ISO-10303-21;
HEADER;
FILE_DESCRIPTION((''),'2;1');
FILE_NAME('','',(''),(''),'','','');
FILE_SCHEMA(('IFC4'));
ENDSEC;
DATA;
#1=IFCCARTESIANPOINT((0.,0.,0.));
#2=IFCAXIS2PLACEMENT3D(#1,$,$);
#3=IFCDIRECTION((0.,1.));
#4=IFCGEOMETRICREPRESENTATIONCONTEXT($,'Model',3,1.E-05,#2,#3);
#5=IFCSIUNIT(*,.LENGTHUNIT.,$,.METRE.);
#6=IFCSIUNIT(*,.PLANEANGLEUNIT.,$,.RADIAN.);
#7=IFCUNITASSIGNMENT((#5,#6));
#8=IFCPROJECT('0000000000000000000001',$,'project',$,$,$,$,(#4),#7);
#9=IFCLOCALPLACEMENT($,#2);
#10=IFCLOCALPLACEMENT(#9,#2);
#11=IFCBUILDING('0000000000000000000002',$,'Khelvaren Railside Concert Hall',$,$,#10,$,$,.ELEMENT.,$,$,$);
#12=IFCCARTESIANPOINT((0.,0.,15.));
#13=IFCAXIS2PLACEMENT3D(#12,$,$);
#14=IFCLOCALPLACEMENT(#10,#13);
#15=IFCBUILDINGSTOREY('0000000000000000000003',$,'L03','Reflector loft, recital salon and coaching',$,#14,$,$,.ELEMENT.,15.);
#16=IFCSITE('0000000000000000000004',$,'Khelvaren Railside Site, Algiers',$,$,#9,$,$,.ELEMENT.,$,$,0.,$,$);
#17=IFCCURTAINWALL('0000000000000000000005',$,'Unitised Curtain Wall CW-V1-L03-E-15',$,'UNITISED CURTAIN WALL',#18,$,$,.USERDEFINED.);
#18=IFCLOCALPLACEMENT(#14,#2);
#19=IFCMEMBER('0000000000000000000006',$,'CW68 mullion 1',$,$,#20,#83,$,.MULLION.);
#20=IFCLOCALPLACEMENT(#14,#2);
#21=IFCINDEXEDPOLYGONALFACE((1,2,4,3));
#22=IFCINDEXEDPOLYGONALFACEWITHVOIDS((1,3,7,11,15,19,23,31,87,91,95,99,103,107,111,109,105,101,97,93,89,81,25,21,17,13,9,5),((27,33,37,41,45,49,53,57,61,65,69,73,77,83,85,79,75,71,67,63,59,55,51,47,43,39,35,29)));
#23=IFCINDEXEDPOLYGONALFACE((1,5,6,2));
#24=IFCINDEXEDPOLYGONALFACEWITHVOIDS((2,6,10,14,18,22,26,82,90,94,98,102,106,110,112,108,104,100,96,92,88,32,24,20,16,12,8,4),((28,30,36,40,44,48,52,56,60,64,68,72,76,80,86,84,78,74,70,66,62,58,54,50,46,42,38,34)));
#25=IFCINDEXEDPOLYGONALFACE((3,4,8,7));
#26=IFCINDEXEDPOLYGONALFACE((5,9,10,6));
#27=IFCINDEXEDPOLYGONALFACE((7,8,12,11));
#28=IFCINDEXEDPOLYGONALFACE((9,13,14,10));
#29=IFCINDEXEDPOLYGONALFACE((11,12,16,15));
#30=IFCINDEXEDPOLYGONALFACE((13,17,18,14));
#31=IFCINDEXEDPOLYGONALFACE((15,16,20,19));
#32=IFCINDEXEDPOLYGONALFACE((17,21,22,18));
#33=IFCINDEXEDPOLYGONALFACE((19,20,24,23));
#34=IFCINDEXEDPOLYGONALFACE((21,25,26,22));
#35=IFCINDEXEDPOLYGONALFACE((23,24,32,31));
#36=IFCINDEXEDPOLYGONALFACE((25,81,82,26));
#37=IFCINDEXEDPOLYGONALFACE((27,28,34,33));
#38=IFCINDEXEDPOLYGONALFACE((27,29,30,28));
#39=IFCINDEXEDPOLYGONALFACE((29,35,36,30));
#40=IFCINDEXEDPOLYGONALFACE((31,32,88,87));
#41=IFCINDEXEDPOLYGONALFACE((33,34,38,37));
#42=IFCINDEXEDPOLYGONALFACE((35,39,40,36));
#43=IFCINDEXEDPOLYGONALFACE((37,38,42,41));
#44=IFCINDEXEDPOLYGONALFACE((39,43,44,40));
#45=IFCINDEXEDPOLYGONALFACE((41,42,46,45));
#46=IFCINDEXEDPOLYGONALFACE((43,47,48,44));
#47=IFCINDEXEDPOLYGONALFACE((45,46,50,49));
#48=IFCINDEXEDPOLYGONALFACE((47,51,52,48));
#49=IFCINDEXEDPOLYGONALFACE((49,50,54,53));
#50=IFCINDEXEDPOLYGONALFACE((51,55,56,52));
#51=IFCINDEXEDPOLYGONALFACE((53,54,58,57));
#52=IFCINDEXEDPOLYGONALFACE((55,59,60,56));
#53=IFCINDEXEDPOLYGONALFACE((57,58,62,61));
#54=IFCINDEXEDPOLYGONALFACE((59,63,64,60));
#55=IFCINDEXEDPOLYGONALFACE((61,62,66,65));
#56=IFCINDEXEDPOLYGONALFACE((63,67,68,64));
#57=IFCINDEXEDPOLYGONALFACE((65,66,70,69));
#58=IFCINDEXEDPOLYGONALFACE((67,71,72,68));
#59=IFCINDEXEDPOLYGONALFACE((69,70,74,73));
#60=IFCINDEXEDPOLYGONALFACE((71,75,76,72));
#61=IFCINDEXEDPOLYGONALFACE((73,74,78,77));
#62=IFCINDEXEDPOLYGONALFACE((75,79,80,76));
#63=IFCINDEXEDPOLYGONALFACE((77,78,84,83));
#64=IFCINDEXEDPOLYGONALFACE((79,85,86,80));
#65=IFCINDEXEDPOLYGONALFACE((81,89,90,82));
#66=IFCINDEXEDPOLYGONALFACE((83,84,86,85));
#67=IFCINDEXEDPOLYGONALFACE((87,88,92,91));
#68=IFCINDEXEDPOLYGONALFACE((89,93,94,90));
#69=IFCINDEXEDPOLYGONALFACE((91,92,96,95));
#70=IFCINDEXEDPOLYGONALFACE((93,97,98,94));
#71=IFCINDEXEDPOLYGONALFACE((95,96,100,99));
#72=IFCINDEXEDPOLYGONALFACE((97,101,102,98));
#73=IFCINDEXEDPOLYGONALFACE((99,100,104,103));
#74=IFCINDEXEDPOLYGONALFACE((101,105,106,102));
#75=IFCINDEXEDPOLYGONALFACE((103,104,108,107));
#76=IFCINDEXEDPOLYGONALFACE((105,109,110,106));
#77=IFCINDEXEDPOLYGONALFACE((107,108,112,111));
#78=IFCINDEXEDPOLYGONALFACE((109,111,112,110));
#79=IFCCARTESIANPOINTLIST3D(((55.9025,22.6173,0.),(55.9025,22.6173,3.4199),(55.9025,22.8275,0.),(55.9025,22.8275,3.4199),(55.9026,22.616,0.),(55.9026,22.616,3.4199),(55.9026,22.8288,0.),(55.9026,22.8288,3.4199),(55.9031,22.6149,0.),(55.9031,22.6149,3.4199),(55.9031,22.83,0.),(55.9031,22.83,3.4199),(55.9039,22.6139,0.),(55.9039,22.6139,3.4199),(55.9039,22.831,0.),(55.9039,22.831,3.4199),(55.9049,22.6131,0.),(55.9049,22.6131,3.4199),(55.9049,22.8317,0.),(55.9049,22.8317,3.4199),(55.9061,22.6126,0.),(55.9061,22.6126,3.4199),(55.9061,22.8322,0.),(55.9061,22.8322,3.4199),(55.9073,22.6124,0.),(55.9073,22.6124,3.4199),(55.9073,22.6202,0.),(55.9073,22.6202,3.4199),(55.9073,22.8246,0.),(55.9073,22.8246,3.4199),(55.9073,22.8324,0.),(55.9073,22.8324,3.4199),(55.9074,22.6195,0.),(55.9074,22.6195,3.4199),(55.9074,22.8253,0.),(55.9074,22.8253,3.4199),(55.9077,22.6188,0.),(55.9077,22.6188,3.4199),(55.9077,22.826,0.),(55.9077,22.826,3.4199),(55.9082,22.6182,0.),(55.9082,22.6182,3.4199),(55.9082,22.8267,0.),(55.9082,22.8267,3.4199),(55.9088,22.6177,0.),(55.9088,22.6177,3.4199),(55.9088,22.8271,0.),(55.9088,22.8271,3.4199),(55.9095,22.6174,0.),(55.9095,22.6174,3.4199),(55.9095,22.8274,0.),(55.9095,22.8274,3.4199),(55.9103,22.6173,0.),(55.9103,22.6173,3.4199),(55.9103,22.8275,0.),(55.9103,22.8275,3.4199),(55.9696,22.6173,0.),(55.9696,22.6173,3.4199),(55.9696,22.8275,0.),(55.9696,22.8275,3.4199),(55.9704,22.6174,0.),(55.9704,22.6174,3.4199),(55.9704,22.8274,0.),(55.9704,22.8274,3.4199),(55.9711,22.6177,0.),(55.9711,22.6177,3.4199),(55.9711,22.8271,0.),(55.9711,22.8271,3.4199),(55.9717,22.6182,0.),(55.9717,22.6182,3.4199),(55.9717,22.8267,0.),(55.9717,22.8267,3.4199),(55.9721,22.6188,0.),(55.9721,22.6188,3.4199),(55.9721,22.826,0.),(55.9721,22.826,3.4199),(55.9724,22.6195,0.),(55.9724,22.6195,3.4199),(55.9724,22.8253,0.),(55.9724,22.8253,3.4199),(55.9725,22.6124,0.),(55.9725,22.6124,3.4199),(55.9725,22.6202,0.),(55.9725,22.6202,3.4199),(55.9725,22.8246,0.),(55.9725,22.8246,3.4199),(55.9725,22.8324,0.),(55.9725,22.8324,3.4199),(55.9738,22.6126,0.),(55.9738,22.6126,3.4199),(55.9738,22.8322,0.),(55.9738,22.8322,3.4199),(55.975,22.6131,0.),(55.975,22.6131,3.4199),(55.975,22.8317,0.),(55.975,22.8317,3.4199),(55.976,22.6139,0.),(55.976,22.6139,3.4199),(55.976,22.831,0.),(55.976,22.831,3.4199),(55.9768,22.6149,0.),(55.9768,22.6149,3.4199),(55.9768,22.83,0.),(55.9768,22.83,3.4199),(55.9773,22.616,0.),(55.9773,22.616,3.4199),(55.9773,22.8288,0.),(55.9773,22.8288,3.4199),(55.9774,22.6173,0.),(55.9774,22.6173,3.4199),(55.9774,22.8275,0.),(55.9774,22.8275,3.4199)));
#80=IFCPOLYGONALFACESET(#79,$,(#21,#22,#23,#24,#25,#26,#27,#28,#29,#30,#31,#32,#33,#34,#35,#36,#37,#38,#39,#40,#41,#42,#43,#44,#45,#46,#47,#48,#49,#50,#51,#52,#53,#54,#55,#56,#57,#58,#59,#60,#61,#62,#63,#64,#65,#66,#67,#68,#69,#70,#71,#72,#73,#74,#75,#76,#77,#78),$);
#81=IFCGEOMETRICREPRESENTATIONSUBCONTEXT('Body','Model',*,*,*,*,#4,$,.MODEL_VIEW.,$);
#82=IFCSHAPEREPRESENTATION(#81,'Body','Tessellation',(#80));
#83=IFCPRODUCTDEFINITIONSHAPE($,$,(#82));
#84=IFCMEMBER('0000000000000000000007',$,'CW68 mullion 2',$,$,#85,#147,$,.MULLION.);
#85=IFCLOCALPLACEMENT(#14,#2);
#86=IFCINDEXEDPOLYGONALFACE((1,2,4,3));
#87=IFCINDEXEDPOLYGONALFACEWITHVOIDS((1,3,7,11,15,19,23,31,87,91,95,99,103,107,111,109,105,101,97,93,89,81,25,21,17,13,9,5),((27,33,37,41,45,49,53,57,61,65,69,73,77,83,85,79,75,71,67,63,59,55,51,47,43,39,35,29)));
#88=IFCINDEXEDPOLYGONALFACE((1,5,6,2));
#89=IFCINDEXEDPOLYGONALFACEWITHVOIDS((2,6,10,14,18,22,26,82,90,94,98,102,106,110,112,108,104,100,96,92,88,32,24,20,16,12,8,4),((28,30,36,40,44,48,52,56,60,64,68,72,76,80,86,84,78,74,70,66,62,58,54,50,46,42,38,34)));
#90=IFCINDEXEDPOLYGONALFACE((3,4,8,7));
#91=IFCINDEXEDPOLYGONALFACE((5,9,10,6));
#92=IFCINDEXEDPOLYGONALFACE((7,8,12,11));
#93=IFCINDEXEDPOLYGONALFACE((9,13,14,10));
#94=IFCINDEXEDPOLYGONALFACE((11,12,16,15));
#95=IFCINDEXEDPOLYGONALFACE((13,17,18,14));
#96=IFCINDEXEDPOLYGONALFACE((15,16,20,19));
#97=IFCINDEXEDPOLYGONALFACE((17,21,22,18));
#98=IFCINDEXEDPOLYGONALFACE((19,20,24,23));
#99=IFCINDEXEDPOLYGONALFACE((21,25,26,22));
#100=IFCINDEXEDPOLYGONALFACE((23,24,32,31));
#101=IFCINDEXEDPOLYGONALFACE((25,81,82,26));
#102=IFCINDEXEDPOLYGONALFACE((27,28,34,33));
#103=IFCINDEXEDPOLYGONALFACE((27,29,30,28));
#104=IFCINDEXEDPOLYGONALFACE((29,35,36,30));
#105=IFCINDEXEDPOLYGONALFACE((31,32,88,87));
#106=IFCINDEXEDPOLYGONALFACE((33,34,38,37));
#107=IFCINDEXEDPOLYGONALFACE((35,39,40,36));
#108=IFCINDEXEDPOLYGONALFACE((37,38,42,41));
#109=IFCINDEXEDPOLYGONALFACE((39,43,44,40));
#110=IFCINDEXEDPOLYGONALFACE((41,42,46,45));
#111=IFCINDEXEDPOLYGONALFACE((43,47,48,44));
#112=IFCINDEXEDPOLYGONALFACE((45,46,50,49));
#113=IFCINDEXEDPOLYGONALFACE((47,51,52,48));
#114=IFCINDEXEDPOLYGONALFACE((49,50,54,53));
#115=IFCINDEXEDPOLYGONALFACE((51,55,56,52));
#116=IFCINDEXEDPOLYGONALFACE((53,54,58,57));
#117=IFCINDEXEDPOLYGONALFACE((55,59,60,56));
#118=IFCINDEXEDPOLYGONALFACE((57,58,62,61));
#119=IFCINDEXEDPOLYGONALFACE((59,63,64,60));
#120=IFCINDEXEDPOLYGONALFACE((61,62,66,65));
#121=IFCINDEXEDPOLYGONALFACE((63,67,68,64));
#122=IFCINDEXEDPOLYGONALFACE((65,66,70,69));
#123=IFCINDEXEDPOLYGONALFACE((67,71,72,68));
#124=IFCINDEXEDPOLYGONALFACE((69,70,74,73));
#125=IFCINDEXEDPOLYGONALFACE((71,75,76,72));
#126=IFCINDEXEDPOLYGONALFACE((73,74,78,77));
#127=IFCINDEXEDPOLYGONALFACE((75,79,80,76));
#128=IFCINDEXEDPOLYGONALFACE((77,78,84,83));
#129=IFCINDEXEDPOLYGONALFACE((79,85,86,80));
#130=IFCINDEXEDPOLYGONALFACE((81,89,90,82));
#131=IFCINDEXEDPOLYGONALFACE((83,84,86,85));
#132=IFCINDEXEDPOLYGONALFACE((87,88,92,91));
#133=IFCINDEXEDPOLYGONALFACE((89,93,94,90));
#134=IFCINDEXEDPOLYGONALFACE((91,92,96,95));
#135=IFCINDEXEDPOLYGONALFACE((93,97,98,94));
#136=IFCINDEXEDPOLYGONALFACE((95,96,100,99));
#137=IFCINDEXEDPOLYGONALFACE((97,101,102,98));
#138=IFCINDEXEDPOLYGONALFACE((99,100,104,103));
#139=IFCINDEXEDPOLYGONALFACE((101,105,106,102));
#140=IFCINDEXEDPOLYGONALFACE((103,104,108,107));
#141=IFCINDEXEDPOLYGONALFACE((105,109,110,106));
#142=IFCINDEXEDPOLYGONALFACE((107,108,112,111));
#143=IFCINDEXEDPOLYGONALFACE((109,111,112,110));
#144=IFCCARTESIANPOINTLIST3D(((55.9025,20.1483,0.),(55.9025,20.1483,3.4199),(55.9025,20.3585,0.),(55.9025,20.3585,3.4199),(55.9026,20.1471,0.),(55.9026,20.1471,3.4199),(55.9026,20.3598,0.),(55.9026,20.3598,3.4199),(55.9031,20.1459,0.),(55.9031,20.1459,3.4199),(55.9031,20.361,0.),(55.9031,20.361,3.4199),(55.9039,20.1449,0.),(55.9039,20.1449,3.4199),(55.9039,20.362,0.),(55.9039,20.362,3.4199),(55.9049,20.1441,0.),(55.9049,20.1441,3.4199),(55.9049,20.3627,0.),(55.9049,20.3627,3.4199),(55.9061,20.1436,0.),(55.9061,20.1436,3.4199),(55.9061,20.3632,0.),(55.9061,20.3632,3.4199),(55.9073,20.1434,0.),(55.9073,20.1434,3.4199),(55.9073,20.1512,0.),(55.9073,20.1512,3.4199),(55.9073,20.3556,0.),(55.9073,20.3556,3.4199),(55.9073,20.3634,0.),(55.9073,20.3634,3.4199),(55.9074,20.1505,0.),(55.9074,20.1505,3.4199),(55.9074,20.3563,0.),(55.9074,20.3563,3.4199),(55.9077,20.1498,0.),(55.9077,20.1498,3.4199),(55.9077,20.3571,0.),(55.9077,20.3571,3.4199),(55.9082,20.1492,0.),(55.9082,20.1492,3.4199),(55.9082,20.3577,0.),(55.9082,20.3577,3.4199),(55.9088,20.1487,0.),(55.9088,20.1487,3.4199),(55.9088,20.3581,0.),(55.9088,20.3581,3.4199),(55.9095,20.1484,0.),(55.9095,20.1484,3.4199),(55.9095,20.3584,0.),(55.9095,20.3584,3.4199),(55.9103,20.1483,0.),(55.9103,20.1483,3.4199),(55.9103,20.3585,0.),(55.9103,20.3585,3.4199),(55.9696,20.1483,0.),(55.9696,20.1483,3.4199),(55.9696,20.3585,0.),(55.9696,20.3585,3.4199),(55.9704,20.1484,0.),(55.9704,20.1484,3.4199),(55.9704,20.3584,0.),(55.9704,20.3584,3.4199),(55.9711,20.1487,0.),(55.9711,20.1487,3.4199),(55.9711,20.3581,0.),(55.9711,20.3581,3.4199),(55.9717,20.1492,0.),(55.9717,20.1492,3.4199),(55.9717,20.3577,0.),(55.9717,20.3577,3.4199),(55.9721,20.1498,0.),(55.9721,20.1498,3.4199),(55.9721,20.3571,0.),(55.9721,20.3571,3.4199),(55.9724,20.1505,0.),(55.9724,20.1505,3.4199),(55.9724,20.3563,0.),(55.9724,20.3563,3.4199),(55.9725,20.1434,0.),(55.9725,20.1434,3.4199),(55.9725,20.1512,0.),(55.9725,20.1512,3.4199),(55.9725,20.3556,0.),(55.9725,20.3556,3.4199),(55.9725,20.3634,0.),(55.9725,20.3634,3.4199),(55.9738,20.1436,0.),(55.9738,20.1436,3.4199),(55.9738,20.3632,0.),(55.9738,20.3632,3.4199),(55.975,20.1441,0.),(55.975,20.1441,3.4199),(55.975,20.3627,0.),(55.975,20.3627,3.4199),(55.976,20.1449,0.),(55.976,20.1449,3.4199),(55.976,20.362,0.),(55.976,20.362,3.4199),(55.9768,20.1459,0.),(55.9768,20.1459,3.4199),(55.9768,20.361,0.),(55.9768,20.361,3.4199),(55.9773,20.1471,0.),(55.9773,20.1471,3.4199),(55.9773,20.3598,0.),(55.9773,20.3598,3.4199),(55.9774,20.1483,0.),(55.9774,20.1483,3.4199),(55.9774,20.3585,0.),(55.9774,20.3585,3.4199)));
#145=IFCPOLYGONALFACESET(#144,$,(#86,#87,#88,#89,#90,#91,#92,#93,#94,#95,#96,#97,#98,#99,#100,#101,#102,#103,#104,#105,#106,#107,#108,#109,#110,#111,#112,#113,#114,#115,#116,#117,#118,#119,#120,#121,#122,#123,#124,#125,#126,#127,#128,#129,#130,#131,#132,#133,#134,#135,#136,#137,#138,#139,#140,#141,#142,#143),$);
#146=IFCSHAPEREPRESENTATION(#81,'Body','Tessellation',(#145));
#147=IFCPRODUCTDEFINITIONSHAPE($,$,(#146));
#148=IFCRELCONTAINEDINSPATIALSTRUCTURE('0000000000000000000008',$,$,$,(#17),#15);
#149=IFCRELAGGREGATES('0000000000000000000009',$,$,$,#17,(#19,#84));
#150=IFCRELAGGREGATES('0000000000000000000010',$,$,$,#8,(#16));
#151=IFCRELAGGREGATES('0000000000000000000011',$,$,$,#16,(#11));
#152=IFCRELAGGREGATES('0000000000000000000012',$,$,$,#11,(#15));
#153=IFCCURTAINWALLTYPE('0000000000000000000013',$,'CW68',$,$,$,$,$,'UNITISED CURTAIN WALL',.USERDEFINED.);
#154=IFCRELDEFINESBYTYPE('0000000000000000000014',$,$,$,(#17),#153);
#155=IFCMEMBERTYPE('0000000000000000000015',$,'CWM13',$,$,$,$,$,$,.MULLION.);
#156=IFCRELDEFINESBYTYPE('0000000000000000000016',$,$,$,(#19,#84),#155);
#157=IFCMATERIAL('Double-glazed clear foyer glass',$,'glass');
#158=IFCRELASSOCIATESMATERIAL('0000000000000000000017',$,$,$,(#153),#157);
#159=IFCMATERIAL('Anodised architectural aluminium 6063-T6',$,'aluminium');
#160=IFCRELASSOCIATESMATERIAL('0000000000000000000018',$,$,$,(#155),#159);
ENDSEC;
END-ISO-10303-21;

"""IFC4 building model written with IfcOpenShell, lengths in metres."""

from ifc_helpers import new_model, si_unit, direction, frame, origin, origin_2d, place, context, subcontext, project, spatial, hollow_rectangle, extrude, material, material_profile, profile_set, type_object, element, aggregate, save


model = new_model("IFC4")

# Units and contexts
model_context = context("Model", 3, precision=1e-05, world=origin(), true_north=direction((0.0, 1.0)))
body_context = subcontext(model_context, "Body", "Model", "MODEL_VIEW")
ifc_project = project(units=[si_unit("LENGTHUNIT", "METRE"), si_unit("PLANEANGLEUNIT", "RADIAN")], contexts=[model_context])

# Site, building, storey
site_placement = place(None, origin())
site = spatial("IfcSite", under=ifc_project, at=site_placement, Name="Khelvaren Railside Site, Algiers", CompositionType="ELEMENT", RefElevation=0.0)
building_placement = place(site_placement, origin())
building = spatial("IfcBuilding", under=site, at=building_placement, Name="Khelvaren Railside Concert Hall", CompositionType="ELEMENT")
storey_placement = place(building_placement, frame((0.0, 0.0, 15.0)))
storey = spatial("IfcBuildingStorey", under=building, at=storey_placement, Name="L03", Description="Reflector loft, recital salon and coaching", CompositionType="ELEMENT", Elevation=15.0)

# Curtain wall, members
ifc_material_1 = material(Name="Double-glazed clear foyer glass", Category="glass")
curtain_wall_type_1 = type_object("IfcCurtainWallType", Name="CW68", ElementType="UNITISED CURTAIN WALL", PredefinedType="USERDEFINED", material=ifc_material_1)
curtain_wall_1_placement = place(storey_placement, origin())
curtain_wall_1 = element("IfcCurtainWall", 1, at=curtain_wall_1_placement, inside=storey, type_object=curtain_wall_type_1, Name="Unitised Curtain Wall CW-V1-L03-E-15", ObjectType="UNITISED CURTAIN WALL", PredefinedType="USERDEFINED")
ifc_material_2 = material(Name="Anodised architectural aluminium 6063-T6", Category="aluminium")
ifc_material_profile_1 = material_profile(ifc_material_2, hollow_rectangle(XDim=0.075, YDim=0.22, WallThickness=0.0049, InnerFilletRadius=0.0029, OuterFilletRadius=0.0049, at=origin_2d()), Name="CWM 75x220x5")
ifc_profile_set_1 = profile_set([ifc_material_profile_1], Name="Anodised architectural aluminium 6063-T6")
member_type_1 = type_object("IfcMemberType", Name="CWM13", PredefinedType="MULLION", material=ifc_profile_set_1)
member_1_placement = place(storey_placement, frame((55.9399, 22.7224, 0.0), z_axis=(0.0, 0.0, 1.0), x_axis=(1.0, 0.0, 0.0)))
member_1 = element("IfcMember", 2, at=member_1_placement, type_object=member_type_1, Name="CW68 mullion 1", PredefinedType="MULLION", context=body_context, shape_type="SweptSolid", body=[
    extrude(hollow_rectangle(XDim=0.075, YDim=0.22, WallThickness=0.0049, InnerFilletRadius=0.0029, OuterFilletRadius=0.0049, at=origin_2d()), origin(), (0.0, 0.0, 1.0), 3.4199),
])
member_2_placement = place(storey_placement, frame((55.9399, 20.2534, 0.0), z_axis=(0.0, 0.0, 1.0), x_axis=(1.0, 0.0, 0.0)))
member_2 = element("IfcMember", 3, at=member_2_placement, type_object=member_type_1, Name="CW68 mullion 2", PredefinedType="MULLION", context=body_context, shape_type="SweptSolid", body=[
    extrude(hollow_rectangle(XDim=0.075, YDim=0.22, WallThickness=0.0049, InnerFilletRadius=0.0029, OuterFilletRadius=0.0049, at=origin_2d()), origin(), (0.0, 0.0, 1.0), 3.4199),
])

aggregate(curtain_wall_1, [member_1, member_2])

save(model, "model.ifc")
